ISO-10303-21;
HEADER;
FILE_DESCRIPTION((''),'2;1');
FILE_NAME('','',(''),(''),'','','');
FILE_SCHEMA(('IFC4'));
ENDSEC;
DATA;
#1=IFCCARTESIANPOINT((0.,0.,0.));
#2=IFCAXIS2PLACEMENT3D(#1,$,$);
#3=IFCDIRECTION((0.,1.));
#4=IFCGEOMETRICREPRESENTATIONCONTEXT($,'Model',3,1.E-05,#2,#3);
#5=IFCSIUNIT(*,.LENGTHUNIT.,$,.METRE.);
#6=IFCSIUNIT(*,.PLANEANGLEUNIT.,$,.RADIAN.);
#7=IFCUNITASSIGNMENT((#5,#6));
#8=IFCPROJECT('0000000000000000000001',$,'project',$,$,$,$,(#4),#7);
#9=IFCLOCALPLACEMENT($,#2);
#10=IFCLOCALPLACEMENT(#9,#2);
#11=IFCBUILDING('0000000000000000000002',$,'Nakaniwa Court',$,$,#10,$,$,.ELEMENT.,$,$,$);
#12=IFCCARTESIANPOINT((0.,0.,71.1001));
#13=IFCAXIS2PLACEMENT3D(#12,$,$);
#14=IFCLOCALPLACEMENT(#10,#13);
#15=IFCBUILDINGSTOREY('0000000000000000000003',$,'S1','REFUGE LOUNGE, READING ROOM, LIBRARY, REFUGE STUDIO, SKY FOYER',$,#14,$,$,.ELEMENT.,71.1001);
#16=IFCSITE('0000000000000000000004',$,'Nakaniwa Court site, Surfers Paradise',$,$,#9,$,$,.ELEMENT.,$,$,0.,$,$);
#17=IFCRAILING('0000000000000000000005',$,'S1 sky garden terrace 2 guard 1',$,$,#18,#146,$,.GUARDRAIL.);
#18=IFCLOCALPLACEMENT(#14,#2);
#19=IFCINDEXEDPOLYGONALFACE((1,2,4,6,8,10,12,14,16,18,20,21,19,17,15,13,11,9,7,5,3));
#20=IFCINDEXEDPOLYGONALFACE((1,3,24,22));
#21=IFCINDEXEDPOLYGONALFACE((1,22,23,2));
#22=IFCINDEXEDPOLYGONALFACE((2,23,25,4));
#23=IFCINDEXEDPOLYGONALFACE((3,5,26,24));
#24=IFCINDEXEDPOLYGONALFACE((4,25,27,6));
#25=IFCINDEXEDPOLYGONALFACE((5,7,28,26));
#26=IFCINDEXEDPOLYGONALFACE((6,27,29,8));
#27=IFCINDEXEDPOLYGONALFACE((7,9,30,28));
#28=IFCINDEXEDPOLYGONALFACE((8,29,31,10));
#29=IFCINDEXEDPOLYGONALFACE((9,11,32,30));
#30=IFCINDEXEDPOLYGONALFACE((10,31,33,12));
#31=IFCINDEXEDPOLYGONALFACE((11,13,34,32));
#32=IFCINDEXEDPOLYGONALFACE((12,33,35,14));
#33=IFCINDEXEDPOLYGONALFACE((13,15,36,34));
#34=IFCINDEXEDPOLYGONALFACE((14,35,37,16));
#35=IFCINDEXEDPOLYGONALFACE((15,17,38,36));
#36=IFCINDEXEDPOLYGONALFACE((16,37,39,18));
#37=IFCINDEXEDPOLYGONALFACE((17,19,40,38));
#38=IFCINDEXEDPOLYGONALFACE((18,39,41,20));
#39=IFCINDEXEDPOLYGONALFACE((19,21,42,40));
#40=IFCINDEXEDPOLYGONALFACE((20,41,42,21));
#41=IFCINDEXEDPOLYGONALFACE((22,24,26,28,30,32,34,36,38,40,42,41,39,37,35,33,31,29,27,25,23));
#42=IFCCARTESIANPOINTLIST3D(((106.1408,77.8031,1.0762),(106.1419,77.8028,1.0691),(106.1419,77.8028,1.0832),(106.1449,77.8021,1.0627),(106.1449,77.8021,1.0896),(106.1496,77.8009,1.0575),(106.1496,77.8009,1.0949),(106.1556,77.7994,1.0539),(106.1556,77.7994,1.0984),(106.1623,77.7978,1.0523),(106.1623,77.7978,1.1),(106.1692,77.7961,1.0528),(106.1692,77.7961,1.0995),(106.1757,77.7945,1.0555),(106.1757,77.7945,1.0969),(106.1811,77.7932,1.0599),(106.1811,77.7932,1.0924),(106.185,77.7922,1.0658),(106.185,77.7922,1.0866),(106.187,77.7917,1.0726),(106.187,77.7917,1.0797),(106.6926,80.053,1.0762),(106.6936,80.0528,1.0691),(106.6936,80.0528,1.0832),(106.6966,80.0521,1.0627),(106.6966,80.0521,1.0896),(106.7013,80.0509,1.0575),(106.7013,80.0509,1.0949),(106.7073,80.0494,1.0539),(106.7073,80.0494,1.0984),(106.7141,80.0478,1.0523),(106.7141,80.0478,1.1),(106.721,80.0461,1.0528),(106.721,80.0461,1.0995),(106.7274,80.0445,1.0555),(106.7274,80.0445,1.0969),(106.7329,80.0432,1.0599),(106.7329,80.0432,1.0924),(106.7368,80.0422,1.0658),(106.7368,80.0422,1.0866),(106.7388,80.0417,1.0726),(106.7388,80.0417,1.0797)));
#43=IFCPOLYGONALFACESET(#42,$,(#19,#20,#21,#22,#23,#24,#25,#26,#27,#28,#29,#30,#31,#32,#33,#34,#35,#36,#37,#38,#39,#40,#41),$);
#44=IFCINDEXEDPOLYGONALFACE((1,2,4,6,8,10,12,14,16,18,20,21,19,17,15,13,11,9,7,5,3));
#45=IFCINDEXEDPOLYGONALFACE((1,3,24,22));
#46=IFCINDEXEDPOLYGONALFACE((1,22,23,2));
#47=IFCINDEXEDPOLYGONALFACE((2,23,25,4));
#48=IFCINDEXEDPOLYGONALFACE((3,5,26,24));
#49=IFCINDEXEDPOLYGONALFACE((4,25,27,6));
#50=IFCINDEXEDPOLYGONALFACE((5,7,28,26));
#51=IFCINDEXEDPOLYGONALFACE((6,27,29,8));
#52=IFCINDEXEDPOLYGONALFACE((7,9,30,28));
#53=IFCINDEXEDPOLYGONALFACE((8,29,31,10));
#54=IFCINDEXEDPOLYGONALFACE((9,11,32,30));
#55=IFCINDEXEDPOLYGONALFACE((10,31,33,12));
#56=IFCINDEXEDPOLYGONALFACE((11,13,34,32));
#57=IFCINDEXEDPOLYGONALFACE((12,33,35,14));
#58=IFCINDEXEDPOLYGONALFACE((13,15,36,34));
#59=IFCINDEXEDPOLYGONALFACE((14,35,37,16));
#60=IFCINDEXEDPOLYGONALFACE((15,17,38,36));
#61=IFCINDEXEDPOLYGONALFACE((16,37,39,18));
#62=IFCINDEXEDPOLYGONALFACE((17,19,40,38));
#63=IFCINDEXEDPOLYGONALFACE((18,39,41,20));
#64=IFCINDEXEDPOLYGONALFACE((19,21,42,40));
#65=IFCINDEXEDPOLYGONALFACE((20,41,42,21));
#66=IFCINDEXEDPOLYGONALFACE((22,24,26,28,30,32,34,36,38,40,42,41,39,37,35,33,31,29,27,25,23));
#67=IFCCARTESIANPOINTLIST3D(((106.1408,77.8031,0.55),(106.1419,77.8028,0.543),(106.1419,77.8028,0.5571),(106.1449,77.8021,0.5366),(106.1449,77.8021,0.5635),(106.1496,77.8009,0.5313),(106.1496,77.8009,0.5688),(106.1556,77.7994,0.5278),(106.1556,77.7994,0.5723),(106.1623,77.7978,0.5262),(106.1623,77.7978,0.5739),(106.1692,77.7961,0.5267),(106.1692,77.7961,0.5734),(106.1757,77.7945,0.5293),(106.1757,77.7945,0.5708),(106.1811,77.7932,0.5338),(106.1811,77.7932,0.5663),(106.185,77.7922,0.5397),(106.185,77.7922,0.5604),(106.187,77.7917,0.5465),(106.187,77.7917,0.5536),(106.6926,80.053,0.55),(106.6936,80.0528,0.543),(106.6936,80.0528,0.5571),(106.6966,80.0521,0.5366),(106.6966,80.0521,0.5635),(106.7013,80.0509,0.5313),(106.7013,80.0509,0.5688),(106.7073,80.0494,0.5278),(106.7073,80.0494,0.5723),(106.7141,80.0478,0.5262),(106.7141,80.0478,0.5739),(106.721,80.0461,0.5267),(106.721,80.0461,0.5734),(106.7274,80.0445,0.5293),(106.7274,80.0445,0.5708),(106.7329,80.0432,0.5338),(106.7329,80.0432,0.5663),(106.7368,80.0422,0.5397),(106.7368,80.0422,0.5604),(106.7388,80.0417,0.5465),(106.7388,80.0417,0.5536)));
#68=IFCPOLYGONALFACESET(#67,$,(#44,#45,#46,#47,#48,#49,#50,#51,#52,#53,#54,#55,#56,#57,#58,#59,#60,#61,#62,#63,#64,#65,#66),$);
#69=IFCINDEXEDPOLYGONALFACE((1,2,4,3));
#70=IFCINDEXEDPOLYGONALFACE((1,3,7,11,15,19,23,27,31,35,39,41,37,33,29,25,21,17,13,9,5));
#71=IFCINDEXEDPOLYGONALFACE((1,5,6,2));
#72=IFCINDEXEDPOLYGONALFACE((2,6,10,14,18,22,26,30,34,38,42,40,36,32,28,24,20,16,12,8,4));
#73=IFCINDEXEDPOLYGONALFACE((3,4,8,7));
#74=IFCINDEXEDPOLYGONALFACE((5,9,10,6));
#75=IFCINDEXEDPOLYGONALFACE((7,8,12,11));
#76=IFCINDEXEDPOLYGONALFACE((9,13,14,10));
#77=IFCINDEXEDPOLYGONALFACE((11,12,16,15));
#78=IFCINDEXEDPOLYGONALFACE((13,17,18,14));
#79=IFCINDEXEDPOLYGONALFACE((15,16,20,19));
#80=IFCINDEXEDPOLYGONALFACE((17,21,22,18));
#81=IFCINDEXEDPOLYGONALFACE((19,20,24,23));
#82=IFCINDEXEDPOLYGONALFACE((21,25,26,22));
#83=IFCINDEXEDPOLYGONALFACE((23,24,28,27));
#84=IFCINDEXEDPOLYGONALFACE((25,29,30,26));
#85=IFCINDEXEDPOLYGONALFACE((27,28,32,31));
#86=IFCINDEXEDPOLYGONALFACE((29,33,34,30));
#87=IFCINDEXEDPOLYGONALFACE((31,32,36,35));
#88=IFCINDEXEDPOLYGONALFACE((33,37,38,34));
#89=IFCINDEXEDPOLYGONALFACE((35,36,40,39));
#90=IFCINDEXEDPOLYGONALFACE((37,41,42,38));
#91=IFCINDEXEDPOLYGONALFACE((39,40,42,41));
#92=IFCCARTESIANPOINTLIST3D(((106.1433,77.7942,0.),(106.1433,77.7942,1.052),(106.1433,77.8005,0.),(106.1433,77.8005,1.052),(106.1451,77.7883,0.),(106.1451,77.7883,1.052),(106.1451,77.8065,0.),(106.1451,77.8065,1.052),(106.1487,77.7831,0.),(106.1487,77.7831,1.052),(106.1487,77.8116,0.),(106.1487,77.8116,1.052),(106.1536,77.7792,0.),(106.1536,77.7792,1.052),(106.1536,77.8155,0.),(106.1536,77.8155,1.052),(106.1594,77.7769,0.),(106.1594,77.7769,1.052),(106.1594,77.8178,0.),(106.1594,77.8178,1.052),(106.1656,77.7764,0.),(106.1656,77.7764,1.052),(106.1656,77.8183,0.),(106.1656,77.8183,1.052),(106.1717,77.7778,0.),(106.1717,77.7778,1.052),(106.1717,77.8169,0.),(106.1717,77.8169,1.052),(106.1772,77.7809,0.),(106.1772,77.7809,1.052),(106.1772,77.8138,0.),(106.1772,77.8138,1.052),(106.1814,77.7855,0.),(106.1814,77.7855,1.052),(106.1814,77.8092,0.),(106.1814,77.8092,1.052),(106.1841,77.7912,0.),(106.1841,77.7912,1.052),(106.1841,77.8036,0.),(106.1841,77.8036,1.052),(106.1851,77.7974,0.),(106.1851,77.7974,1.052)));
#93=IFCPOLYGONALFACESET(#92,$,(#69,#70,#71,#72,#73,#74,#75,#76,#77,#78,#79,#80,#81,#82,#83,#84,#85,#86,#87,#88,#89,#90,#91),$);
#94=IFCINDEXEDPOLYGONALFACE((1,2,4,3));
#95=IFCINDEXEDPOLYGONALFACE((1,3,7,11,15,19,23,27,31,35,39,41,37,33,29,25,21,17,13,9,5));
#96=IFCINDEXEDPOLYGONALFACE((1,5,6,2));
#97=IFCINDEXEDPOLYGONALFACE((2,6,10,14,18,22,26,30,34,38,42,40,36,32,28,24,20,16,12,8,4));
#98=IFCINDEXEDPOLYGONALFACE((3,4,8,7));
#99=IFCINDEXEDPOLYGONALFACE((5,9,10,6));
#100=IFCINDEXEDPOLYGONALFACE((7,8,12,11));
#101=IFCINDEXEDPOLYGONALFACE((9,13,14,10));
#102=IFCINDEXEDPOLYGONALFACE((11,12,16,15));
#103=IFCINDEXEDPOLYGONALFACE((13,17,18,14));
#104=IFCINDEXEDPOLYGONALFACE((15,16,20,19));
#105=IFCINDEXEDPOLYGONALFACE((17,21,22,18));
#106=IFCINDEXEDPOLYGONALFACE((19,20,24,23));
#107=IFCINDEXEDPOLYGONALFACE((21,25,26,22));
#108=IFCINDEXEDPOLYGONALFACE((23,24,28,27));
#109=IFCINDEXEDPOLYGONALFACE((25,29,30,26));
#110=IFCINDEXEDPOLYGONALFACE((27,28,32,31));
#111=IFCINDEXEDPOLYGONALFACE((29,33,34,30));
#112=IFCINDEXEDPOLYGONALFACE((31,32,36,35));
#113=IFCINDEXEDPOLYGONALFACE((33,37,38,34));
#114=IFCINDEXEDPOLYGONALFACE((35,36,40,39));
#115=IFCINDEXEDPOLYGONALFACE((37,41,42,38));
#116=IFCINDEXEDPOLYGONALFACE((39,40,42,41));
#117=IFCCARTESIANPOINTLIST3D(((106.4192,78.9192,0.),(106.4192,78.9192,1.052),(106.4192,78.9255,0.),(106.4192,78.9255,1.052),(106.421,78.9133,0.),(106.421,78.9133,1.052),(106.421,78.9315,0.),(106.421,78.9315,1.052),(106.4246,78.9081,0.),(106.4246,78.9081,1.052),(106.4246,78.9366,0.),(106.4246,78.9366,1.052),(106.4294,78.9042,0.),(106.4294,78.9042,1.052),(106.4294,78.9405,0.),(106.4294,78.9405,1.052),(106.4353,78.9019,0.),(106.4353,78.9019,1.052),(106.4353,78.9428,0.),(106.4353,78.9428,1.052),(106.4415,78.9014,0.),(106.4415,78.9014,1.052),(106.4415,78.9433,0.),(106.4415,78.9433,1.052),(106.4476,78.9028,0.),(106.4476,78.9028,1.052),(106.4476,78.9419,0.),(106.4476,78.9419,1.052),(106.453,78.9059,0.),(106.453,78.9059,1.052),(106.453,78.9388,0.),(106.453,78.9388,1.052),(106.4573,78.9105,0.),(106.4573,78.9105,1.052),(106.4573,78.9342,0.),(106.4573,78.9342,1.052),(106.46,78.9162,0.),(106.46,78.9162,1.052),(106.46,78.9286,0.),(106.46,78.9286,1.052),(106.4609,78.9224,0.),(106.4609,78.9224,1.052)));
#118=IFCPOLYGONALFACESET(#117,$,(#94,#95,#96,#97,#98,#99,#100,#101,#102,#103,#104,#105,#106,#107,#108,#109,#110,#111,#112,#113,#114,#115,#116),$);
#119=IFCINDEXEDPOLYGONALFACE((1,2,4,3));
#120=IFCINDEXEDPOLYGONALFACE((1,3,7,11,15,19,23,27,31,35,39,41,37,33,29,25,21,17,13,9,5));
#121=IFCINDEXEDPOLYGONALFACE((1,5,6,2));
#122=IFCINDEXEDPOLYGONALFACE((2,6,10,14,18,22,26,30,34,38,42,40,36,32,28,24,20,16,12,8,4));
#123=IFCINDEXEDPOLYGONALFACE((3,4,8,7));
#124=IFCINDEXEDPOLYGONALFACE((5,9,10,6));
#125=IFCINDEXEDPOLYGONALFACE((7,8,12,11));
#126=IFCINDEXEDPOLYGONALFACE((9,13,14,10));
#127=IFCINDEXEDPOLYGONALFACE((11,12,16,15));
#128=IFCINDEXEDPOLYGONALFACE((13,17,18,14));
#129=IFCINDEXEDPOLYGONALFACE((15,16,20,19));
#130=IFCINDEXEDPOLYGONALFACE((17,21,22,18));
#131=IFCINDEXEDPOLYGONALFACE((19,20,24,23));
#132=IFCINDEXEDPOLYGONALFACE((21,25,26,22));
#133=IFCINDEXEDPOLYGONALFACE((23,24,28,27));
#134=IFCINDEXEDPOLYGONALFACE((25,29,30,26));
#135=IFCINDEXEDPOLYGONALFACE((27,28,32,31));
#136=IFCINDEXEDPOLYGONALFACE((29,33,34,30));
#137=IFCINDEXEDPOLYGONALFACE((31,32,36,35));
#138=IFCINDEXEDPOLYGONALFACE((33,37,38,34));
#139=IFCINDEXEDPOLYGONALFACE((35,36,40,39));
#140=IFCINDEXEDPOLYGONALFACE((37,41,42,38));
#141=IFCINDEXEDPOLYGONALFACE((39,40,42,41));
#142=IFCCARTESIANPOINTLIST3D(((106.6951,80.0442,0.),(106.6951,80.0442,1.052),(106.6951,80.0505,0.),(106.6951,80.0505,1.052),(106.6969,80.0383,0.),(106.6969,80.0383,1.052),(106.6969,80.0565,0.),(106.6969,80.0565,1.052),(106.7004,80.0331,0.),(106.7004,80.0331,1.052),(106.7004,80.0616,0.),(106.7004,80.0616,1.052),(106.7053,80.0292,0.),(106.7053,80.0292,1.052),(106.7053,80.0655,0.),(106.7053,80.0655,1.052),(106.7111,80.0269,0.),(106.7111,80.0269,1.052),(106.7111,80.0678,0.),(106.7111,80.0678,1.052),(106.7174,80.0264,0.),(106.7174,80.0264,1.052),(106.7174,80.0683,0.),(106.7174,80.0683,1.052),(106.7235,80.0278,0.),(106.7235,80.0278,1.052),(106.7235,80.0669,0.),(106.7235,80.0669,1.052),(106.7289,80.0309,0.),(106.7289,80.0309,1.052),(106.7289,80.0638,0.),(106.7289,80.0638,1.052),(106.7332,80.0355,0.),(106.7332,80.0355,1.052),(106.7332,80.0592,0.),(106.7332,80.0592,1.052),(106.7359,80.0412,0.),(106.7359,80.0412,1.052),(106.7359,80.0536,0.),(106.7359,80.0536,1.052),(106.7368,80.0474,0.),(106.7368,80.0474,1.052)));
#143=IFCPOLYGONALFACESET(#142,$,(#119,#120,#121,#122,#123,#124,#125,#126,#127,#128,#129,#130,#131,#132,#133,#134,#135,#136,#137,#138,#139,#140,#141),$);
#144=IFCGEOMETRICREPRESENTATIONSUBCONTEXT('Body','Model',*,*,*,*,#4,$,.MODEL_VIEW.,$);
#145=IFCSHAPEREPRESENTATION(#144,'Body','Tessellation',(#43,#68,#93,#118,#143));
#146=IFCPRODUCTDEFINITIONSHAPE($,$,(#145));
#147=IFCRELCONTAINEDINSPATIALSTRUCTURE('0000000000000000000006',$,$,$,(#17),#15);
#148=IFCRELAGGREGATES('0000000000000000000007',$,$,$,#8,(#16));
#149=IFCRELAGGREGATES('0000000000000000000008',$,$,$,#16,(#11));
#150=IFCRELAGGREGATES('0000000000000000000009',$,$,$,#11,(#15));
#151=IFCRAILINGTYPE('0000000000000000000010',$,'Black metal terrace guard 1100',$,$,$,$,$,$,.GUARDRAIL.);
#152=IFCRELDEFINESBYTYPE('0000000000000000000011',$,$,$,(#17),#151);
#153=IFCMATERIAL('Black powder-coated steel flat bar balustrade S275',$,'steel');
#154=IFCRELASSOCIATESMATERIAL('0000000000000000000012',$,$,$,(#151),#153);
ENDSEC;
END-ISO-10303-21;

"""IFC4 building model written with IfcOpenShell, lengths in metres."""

from ifc_helpers import new_model, si_unit, direction, frame, origin, origin_2d, place, context, subcontext, project, spatial, circle, extrude, material, type_object, element, save


model = new_model("IFC4")

# Units and contexts
model_context = context("Model", 3, precision=1e-05, world=origin(), true_north=direction((0.0, 1.0)))
body_context = subcontext(model_context, "Body", "Model", "MODEL_VIEW")
ifc_project = project(units=[si_unit("LENGTHUNIT", "METRE"), si_unit("PLANEANGLEUNIT", "RADIAN")], contexts=[model_context])

# Site, building, storey
site_placement = place(None, origin())
site = spatial("IfcSite", under=ifc_project, at=site_placement, Name="Nakaniwa Court site, Surfers Paradise", CompositionType="ELEMENT", RefElevation=0.0)
building_placement = place(site_placement, origin())
building = spatial("IfcBuilding", under=site, at=building_placement, Name="Nakaniwa Court", CompositionType="ELEMENT")
storey_placement = place(building_placement, frame((0.0, 0.0, 71.1001)))
storey = spatial("IfcBuildingStorey", under=building, at=storey_placement, Name="S1", Description="REFUGE LOUNGE, READING ROOM, LIBRARY, REFUGE STUDIO, SKY FOYER", CompositionType="ELEMENT", Elevation=71.1001)

# Railing
ifc_material_1 = material(Name="Black powder-coated steel flat bar balustrade S275", Category="steel")
railing_type = type_object("IfcRailingType", Name="Black metal terrace guard 1100", PredefinedType="GUARDRAIL", material=ifc_material_1)
railing_1_placement = place(storey_placement, frame((106.1641, 77.7974, 0.0)))
element("IfcRailing", 1, at=railing_1_placement, inside=storey, type_object=railing_type, Name="S1 sky garden terrace 2 guard 1", PredefinedType="GUARDRAIL", context=body_context, shape_type="SweptSolid", body=[
    extrude(circle(Radius=0.0239, at=origin_2d()), frame((0.0, 0.0, 1.0762), z_axis=(0.238169, 0.971224, 0.0), x_axis=(-0.971224, 0.238169, 0.0)), (0.0, 0.0, 1.0), 2.3167),
    extrude(circle(Radius=0.0239, at=origin_2d()), frame((0.0, 0.0, 0.55), z_axis=(0.238169, 0.971224, 0.0), x_axis=(-0.971224, 0.238169, 0.0)), (0.0, 0.0, 1.0), 2.3167),
    extrude(circle(Radius=0.021, at=origin_2d()), origin(), (0.0, 0.0, 1.0), 1.052),
    extrude(circle(Radius=0.021, at=origin_2d()), frame((0.2759, 1.125, 0.0)), (0.0, 0.0, 1.0), 1.052),
    extrude(circle(Radius=0.021, at=origin_2d()), frame((0.5518, 2.25, 0.0)), (0.0, 0.0, 1.0), 1.052),
])

save(model, "model.ifc")
